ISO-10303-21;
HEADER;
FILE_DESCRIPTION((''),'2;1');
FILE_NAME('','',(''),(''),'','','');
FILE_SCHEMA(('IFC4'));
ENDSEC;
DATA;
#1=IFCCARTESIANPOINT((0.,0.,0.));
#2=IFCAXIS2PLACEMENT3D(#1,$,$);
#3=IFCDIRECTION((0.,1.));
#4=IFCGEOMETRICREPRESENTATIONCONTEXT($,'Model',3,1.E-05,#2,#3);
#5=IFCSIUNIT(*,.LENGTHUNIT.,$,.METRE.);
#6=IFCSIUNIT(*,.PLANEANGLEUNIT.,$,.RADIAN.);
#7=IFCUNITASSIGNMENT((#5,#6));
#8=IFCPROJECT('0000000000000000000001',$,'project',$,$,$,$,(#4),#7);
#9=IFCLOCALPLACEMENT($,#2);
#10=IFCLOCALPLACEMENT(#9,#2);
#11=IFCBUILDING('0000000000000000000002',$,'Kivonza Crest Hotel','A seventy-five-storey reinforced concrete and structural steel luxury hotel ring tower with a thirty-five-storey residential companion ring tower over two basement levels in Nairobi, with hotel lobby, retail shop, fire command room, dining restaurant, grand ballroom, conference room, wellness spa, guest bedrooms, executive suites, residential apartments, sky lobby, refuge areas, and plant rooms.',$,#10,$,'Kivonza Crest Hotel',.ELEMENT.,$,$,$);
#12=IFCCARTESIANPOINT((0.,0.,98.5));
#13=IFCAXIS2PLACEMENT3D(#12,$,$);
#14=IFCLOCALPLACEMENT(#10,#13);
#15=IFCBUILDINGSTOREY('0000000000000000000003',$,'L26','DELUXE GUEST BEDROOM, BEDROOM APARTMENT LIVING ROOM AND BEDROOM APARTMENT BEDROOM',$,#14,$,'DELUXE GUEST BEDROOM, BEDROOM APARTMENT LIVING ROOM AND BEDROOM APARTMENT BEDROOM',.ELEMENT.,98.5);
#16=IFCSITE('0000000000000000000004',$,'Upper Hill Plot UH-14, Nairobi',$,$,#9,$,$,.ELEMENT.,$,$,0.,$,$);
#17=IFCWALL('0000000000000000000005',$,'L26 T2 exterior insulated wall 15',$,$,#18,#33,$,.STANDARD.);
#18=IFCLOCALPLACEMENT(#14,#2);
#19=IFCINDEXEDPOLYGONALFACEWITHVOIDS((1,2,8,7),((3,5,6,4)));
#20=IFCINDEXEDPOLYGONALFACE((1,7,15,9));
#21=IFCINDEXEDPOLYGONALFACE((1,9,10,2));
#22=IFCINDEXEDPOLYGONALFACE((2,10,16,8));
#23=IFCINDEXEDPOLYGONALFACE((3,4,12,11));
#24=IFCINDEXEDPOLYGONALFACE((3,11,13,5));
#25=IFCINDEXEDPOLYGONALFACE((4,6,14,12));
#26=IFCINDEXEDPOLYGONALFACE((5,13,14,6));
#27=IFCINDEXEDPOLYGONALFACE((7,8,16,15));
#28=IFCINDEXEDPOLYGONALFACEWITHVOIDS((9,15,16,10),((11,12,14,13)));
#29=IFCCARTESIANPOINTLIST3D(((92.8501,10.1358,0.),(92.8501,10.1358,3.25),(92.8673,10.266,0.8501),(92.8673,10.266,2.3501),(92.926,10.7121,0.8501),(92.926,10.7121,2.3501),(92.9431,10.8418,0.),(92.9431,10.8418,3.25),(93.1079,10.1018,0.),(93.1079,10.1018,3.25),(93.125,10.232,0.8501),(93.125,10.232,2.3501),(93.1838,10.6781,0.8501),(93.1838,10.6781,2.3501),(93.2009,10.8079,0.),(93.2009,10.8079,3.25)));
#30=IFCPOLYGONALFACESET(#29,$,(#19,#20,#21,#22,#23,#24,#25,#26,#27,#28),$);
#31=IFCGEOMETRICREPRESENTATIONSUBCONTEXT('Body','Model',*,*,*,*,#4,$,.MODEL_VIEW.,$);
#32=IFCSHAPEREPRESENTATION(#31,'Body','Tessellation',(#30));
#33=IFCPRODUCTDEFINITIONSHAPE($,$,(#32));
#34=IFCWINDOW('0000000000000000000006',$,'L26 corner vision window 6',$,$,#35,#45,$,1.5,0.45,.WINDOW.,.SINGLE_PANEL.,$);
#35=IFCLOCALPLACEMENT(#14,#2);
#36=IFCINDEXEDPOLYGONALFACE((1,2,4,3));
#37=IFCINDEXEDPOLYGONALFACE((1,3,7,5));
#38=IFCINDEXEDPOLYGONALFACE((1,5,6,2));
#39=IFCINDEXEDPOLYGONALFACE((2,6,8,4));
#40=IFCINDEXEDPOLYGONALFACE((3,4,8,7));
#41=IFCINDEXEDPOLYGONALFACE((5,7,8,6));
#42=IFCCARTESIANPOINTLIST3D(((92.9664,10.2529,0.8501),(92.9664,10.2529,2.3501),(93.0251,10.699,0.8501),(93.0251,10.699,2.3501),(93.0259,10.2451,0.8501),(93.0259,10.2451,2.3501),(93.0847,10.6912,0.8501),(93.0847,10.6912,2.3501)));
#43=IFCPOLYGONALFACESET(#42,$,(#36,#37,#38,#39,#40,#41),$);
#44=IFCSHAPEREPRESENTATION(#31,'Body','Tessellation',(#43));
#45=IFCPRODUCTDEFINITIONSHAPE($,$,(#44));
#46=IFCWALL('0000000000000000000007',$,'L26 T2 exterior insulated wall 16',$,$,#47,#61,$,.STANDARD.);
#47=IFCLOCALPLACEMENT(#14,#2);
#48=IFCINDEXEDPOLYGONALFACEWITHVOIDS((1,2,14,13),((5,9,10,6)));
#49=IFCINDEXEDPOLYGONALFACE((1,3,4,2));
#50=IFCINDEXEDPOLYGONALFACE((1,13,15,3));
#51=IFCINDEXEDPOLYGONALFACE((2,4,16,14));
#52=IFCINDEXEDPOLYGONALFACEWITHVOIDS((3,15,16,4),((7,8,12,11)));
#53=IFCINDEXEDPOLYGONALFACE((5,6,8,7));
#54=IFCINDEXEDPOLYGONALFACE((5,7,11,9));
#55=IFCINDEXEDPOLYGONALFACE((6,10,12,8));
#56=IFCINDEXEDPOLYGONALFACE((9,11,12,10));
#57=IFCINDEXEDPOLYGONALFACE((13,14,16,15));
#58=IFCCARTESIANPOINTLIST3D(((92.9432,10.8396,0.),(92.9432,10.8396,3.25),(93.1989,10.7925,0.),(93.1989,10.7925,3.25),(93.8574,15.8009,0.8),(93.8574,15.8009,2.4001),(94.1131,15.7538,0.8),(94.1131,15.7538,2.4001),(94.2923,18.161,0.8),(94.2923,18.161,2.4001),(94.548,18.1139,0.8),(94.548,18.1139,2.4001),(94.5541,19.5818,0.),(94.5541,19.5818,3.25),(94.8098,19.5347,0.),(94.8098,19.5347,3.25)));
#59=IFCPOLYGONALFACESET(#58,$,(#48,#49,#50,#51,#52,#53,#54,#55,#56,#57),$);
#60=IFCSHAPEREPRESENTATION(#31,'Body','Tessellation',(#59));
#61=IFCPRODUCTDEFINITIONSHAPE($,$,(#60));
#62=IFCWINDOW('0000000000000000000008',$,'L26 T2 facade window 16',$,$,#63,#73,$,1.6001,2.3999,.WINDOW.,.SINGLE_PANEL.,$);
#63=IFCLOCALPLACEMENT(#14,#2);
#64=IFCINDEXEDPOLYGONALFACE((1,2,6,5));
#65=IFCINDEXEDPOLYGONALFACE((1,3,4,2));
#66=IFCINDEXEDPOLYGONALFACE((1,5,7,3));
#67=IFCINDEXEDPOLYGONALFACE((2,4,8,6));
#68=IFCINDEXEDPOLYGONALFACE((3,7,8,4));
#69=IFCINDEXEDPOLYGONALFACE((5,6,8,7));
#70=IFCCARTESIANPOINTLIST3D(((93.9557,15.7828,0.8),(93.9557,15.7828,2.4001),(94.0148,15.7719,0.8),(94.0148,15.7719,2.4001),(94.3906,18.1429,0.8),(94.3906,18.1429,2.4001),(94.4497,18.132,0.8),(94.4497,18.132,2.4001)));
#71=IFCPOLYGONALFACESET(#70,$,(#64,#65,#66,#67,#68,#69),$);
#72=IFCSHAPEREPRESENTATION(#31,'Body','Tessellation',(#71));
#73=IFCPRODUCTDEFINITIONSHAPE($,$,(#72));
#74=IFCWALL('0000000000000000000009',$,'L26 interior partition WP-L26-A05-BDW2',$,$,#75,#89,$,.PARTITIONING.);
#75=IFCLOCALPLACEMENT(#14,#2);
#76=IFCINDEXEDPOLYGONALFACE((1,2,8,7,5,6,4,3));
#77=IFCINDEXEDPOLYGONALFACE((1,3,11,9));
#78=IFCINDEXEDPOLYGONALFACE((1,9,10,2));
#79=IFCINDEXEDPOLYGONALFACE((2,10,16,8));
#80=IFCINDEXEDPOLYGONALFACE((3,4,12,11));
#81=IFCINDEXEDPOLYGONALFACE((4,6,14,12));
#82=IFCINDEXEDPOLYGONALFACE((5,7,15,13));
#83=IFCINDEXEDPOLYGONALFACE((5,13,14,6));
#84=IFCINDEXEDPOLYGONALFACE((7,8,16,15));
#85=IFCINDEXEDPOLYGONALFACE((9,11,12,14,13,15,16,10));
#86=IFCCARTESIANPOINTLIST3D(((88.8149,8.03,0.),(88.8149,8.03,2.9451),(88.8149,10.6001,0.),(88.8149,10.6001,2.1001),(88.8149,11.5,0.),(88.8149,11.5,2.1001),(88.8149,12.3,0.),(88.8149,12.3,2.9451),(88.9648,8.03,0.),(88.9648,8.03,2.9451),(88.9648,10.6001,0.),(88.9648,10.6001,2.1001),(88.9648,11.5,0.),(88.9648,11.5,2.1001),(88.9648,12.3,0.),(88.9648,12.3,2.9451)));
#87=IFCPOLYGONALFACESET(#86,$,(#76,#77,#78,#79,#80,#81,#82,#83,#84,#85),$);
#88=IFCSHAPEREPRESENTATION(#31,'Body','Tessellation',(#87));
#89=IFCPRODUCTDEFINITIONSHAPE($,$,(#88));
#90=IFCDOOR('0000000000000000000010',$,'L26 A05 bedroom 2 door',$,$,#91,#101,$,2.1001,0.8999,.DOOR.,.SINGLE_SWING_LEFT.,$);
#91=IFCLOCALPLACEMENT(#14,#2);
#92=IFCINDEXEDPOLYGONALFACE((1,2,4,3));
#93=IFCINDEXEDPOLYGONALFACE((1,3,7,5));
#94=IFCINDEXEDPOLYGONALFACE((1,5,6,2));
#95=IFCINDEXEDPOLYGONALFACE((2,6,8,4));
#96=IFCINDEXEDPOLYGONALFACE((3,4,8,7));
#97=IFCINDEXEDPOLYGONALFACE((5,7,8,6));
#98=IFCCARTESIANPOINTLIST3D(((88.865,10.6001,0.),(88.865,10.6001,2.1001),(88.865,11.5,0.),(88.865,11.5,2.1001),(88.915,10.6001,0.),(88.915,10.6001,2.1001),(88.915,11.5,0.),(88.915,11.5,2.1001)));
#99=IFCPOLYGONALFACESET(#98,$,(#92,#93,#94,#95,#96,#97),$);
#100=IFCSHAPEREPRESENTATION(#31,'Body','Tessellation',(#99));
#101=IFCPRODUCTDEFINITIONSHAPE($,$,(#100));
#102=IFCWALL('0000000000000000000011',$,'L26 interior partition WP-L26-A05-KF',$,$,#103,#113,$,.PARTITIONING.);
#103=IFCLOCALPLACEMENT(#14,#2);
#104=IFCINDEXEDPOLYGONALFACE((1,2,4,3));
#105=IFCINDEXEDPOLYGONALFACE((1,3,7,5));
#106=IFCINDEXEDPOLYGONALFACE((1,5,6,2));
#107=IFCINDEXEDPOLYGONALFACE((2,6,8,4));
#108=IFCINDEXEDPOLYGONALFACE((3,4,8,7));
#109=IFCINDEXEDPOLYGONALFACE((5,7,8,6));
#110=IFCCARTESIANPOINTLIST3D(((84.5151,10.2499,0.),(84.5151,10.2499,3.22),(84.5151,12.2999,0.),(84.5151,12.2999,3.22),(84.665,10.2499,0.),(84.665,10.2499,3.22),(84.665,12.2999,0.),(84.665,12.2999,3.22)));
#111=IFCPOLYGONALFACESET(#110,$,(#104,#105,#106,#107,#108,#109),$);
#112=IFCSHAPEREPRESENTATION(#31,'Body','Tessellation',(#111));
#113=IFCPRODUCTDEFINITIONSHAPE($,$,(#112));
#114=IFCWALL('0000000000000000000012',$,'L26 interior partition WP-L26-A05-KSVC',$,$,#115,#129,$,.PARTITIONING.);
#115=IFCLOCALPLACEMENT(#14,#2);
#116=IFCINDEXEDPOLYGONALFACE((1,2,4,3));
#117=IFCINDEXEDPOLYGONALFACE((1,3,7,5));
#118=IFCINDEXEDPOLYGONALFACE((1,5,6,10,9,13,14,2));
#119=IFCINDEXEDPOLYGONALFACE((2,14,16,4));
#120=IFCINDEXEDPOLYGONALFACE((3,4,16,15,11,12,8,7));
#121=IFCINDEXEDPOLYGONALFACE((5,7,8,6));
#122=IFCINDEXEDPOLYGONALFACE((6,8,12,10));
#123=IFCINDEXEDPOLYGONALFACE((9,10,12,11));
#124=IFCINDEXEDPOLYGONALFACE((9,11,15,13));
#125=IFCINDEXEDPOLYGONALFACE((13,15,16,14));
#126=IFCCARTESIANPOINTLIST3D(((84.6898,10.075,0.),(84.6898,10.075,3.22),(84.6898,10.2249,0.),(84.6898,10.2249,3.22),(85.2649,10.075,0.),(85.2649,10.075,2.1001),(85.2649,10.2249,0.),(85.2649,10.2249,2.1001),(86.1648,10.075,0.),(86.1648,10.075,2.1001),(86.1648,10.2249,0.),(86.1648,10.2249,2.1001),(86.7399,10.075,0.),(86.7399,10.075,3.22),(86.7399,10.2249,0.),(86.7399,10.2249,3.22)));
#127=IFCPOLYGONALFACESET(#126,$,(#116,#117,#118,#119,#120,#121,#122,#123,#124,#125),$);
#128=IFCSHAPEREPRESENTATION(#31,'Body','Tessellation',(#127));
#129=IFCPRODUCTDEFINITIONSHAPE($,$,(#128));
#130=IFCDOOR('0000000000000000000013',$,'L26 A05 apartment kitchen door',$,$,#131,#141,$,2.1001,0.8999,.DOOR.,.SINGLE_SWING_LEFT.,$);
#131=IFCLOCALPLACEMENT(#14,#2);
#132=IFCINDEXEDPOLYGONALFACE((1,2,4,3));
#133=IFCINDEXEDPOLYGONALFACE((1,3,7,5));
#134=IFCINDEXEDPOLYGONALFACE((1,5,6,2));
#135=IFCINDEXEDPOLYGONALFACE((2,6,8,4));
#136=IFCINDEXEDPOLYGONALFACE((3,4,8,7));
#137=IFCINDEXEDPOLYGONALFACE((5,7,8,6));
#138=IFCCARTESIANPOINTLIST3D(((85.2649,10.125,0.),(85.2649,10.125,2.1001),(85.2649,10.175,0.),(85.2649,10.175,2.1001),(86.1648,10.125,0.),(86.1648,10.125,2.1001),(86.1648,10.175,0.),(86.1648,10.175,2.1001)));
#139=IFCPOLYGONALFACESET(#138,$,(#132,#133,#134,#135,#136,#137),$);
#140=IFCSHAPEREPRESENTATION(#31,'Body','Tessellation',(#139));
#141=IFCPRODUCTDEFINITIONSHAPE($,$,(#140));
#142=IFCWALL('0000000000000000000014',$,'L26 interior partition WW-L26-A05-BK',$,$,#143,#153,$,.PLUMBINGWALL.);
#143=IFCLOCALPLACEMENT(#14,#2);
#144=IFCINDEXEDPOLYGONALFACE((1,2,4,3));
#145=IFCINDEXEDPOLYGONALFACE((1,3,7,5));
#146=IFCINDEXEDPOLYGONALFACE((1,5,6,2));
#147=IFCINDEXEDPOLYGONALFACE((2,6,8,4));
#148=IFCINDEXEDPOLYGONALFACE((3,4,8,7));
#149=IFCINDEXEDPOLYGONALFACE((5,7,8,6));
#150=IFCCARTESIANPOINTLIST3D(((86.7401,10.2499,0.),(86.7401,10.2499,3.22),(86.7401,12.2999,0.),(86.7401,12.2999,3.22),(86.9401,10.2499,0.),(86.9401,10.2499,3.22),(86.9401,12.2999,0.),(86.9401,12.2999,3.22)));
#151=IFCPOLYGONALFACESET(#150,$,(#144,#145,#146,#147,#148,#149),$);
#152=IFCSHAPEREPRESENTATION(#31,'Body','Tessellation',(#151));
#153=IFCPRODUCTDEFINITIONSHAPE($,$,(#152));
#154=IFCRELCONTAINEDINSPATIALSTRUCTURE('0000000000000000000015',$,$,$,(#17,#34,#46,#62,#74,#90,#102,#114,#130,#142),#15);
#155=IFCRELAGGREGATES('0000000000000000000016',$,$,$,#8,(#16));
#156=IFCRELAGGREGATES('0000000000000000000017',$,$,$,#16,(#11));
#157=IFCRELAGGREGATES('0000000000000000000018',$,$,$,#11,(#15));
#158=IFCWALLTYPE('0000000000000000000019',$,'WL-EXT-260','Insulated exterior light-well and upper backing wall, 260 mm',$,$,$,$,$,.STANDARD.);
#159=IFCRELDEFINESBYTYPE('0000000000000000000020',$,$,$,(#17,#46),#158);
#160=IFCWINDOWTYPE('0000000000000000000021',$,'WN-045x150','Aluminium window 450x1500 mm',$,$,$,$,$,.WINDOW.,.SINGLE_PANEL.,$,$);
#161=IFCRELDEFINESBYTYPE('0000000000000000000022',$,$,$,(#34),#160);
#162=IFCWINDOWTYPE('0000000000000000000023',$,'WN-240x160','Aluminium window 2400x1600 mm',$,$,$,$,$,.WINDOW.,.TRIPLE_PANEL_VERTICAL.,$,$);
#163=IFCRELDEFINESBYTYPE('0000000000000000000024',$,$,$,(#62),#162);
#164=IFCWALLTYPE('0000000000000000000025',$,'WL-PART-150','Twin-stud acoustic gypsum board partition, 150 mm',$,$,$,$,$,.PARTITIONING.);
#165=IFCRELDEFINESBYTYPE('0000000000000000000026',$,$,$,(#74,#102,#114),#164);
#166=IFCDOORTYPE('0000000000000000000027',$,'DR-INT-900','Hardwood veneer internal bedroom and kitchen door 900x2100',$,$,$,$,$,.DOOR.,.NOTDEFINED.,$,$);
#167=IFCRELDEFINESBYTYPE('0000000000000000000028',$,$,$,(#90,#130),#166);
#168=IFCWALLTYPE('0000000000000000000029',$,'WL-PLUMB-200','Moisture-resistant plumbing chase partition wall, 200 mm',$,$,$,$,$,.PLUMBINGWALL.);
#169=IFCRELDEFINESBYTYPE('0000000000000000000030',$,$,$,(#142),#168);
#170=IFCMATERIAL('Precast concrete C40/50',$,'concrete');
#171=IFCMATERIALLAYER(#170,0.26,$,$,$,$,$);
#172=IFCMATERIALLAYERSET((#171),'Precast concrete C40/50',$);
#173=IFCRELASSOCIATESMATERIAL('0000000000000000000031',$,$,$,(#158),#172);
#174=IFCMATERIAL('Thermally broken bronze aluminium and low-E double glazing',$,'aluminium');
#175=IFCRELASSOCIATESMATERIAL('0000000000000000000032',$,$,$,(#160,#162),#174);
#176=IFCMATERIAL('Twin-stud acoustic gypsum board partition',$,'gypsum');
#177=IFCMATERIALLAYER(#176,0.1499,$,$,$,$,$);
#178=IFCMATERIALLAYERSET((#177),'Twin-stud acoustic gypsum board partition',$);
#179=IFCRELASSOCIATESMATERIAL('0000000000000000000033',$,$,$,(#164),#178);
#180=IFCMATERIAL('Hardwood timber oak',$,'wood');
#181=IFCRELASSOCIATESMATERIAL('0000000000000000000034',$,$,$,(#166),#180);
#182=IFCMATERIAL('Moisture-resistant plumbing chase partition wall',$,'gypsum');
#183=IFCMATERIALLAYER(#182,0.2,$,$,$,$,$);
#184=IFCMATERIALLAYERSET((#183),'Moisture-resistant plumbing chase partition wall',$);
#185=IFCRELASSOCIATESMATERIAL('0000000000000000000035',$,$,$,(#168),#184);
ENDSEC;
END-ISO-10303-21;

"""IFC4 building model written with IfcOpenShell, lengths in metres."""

from ifc_helpers import new_model, si_unit, direction, frame, frame_2d, origin, place, context, subcontext, project, spatial, rectangle, extrude, material, layer, layer_set, type_object, element, fill, save


model = new_model("IFC4")

# Units and contexts
model_context = context("Model", 3, precision=1e-05, world=origin(), true_north=direction((0.0, 1.0)))
body_context = subcontext(model_context, "Body", "Model", "MODEL_VIEW")
ifc_project = project(units=[si_unit("LENGTHUNIT", "METRE"), si_unit("PLANEANGLEUNIT", "RADIAN")], contexts=[model_context])

# Site, building, storey
site_placement = place(None, origin())
site = spatial("IfcSite", under=ifc_project, at=site_placement, Name="Upper Hill Plot UH-14, Nairobi", CompositionType="ELEMENT", RefElevation=0.0)
building_placement = place(site_placement, origin())
building = spatial("IfcBuilding", under=site, at=building_placement, Name="Kivonza Crest Hotel", Description="A seventy-five-storey reinforced concrete and structural steel luxury hotel ring tower with a thirty-five-storey residential companion ring tower over two basement levels in Nairobi, with hotel lobby, retail shop, fire command room, dining restaurant, grand ballroom, conference room, wellness spa, guest bedrooms, executive suites, residential apartments, sky lobby, refuge areas, and plant rooms.", LongName="Kivonza Crest Hotel", CompositionType="ELEMENT")
storey_placement = place(building_placement, frame((0.0, 0.0, 98.5)))
storey = spatial("IfcBuildingStorey", under=building, at=storey_placement, Name="L26", Description="DELUXE GUEST BEDROOM, BEDROOM APARTMENT LIVING ROOM AND BEDROOM APARTMENT BEDROOM", LongName="DELUXE GUEST BEDROOM, BEDROOM APARTMENT LIVING ROOM AND BEDROOM APARTMENT BEDROOM", CompositionType="ELEMENT", Elevation=98.5)

# Shared definitions
ifc_material_1 = material(Name="Precast concrete C40/50", Category="concrete")
ifc_layer_1 = layer(ifc_material_1, 0.26)
ifc_layer_set_1 = layer_set([ifc_layer_1], Name="Precast concrete C40/50")
wall_type_1 = type_object("IfcWallType", Name="WL-EXT-260", Description="Insulated exterior light-well and upper backing wall, 260 mm", PredefinedType="STANDARD", material=ifc_layer_set_1)

# Walls, openings, windows
wall_1_placement = place(storey_placement, frame((92.979, 10.1189, 0.0), z_axis=(0.0, 0.0, 1.0), x_axis=(0.130614, 0.991433, 0.0)))
wall_1 = element("IfcWall", 1, at=wall_1_placement, inside=storey, type_object=wall_type_1, Name="L26 T2 exterior insulated wall 15", PredefinedType="STANDARD", context=body_context, shape_type="SweptSolid", body=[
    extrude(rectangle(XDim=0.7122, YDim=0.26, at=frame_2d((0.356, 0.0))), origin(), (0.0, 0.0, 1.0), 3.25),
])
opening_1_placement = place(wall_1_placement, frame((0.1311, 0.0, 0.8501)))
opening_1 = element("IfcOpeningElement", 2, at=opening_1_placement, cuts=wall_1, PredefinedType="OPENING", context=body_context, shape_type="SweptSolid", body=[
    extrude(rectangle(XDim=0.45, YDim=1.5, at=frame_2d((0.2251, 0.75))), frame((0.0, 0.1401, 0.0), z_axis=(0.0, -1.0, 0.0), x_axis=(1.0, 0.0, 0.0)), (0.0, 0.0, 1.0), 0.28),
])
ifc_material_2 = material(Name="Thermally broken bronze aluminium and low-E double glazing", Category="aluminium")
window_type_1 = type_object("IfcWindowType", Name="WN-045x150", Description="Aluminium window 450x1500 mm", PartitioningType="SINGLE_PANEL", PredefinedType="WINDOW", material=ifc_material_2)
window_1_placement = place(opening_1_placement, origin())
window_1 = element("IfcWindow", 3, at=window_1_placement, inside=storey, type_object=window_type_1, Name="L26 corner vision window 6", OverallHeight=1.5, OverallWidth=0.45, PartitioningType="SINGLE_PANEL", PredefinedType="WINDOW", context=body_context, shape_type="SweptSolid", body=[
    extrude(rectangle(XDim=0.45, YDim=1.5, at=frame_2d((0.2251, 0.75))), frame((0.0, 0.03, 0.0), z_axis=(0.0, -1.0, 0.0), x_axis=(1.0, 0.0, 0.0)), (0.0, 0.0, 1.0), 0.0601),
])
fill(opening_1, window_1)
wall_2_placement = place(storey_placement, frame((93.071, 10.8159, 0.0), z_axis=(0.0, 0.0, 1.0), x_axis=(0.18121, 0.983444, 0.0)))
wall_2 = element("IfcWall", 4, at=wall_2_placement, inside=storey, type_object=wall_type_1, Name="L26 T2 exterior insulated wall 16", PredefinedType="STANDARD", context=body_context, shape_type="SweptSolid", body=[
    extrude(rectangle(XDim=8.8894, YDim=0.26, at=frame_2d((4.4448, 0.0))), origin(), (0.0, 0.0, 1.0), 3.25),
])
opening_2_placement = place(wall_2_placement, frame((5.0449, 0.0, 0.8)))
opening_2 = element("IfcOpeningElement", 5, at=opening_2_placement, cuts=wall_2, PredefinedType="OPENING", context=body_context, shape_type="SweptSolid", body=[
    extrude(rectangle(XDim=2.3999, YDim=1.6001, at=frame_2d((1.2, 0.8))), frame((0.0, 0.1401, 0.0), z_axis=(0.0, -1.0, 0.0), x_axis=(1.0, 0.0, 0.0)), (0.0, 0.0, 1.0), 0.28),
])
window_type_2 = type_object("IfcWindowType", Name="WN-240x160", Description="Aluminium window 2400x1600 mm", PartitioningType="TRIPLE_PANEL_VERTICAL", PredefinedType="WINDOW", material=ifc_material_2)
window_2_placement = place(opening_2_placement, origin())
window_2 = element("IfcWindow", 6, at=window_2_placement, inside=storey, type_object=window_type_2, Name="L26 T2 facade window 16", OverallHeight=1.6001, OverallWidth=2.3999, PartitioningType="SINGLE_PANEL", PredefinedType="WINDOW", context=body_context, shape_type="SweptSolid", body=[
    extrude(rectangle(XDim=2.3999, YDim=1.6001, at=frame_2d((1.2, 0.8))), frame((0.0, 0.03, 0.0), z_axis=(0.0, -1.0, 0.0), x_axis=(1.0, 0.0, 0.0)), (0.0, 0.0, 1.0), 0.0601),
])
fill(opening_2, window_2)

# Wall, opening, door
ifc_material_3 = material(Name="Twin-stud acoustic gypsum board partition", Category="gypsum")
ifc_layer_2 = layer(ifc_material_3, 0.1499)
ifc_layer_set_2 = layer_set([ifc_layer_2], Name="Twin-stud acoustic gypsum board partition")
wall_type_2 = type_object("IfcWallType", Name="WL-PART-150", Description="Twin-stud acoustic gypsum board partition, 150 mm", PredefinedType="PARTITIONING", material=ifc_layer_set_2)
wall_3_placement = place(storey_placement, frame((88.8899, 8.03, 0.0), z_axis=(0.0, 0.0, 1.0), x_axis=(0.0, 1.0, 0.0)))
wall_3 = element("IfcWall", 7, at=wall_3_placement, inside=storey, type_object=wall_type_2, Name="L26 interior partition WP-L26-A05-BDW2", PredefinedType="PARTITIONING", context=body_context, shape_type="SweptSolid", body=[
    extrude(rectangle(XDim=4.27, YDim=0.1499, at=frame_2d((2.135, 0.0))), origin(), (0.0, 0.0, 1.0), 2.9451),
])
opening_3_placement = place(wall_3_placement, frame((2.5701, 0.0, 0.0)))
opening_3 = element("IfcOpeningElement", 8, at=opening_3_placement, cuts=wall_3, PredefinedType="OPENING", context=body_context, shape_type="SweptSolid", body=[
    extrude(rectangle(XDim=0.8999, YDim=2.1001, at=frame_2d((0.45, 1.05))), frame((0.0, 0.085, 0.0), z_axis=(0.0, -1.0, 0.0), x_axis=(1.0, 0.0, 0.0)), (0.0, 0.0, 1.0), 0.1699),
])
ifc_material_4 = material(Name="Hardwood timber oak", Category="wood")
door_type_1 = type_object("IfcDoorType", Name="DR-INT-900", Description="Hardwood veneer internal bedroom and kitchen door 900x2100", OperationType="NOTDEFINED", PredefinedType="DOOR", material=ifc_material_4)
door_1_placement = place(opening_3_placement, origin())
door_1 = element("IfcDoor", 9, at=door_1_placement, inside=storey, type_object=door_type_1, Name="L26 A05 bedroom 2 door", OperationType="SINGLE_SWING_LEFT", OverallHeight=2.1001, OverallWidth=0.8999, PredefinedType="DOOR", context=body_context, shape_type="SweptSolid", body=[
    extrude(rectangle(XDim=0.8999, YDim=2.1001, at=frame_2d((0.45, 1.05))), frame((0.0, 0.0249, 0.0), z_axis=(0.0, -1.0, 0.0), x_axis=(1.0, 0.0, 0.0)), (0.0, 0.0, 1.0), 0.05),
])
fill(opening_3, door_1)

# Wall
wall_4_placement = place(storey_placement, frame((84.5901, 10.25, 0.0), z_axis=(0.0, 0.0, 1.0), x_axis=(0.0, 1.0, 0.0)))
element("IfcWall", 10, at=wall_4_placement, inside=storey, type_object=wall_type_2, Name="L26 interior partition WP-L26-A05-KF", PredefinedType="PARTITIONING", context=body_context, shape_type="SweptSolid", body=[
    extrude(rectangle(XDim=2.05, YDim=0.1499, at=frame_2d((1.0249, 0.0))), origin(), (0.0, 0.0, 1.0), 3.22),
])

# Wall, opening, door
wall_5_placement = place(storey_placement, frame((84.6899, 10.1499, 0.0), z_axis=(0.0, 0.0, 1.0), x_axis=(1.0, 0.0, 0.0)))
wall_5 = element("IfcWall", 11, at=wall_5_placement, inside=storey, type_object=wall_type_2, Name="L26 interior partition WP-L26-A05-KSVC", PredefinedType="PARTITIONING", context=body_context, shape_type="SweptSolid", body=[
    extrude(rectangle(XDim=2.05, YDim=0.1499, at=frame_2d((1.0249, 0.0))), origin(), (0.0, 0.0, 1.0), 3.22),
])
opening_4_placement = place(wall_5_placement, frame((0.575, 0.0, 0.0)))
opening_4 = element("IfcOpeningElement", 12, at=opening_4_placement, cuts=wall_5, PredefinedType="OPENING", context=body_context, shape_type="SweptSolid", body=[
    extrude(rectangle(XDim=0.8999, YDim=2.1001, at=frame_2d((0.45, 1.05))), frame((0.0, 0.085, 0.0), z_axis=(0.0, -1.0, 0.0), x_axis=(1.0, 0.0, 0.0)), (0.0, 0.0, 1.0), 0.1699),
])
door_2_placement = place(opening_4_placement, frame((0.8999, 0.0, 0.0), z_axis=(0.0, 0.0, 1.0), x_axis=(-1.0, 0.0, 0.0)))
door_2 = element("IfcDoor", 13, at=door_2_placement, inside=storey, type_object=door_type_1, Name="L26 A05 apartment kitchen door", OperationType="SINGLE_SWING_LEFT", OverallHeight=2.1001, OverallWidth=0.8999, PredefinedType="DOOR", context=body_context, shape_type="SweptSolid", body=[
    extrude(rectangle(XDim=0.8999, YDim=2.1001, at=frame_2d((0.45, 1.05))), frame((0.0, 0.0249, 0.0), z_axis=(0.0, -1.0, 0.0), x_axis=(1.0, 0.0, 0.0)), (0.0, 0.0, 1.0), 0.05),
])
fill(opening_4, door_2)

# Wall
ifc_material_5 = material(Name="Moisture-resistant plumbing chase partition wall", Category="gypsum")
ifc_layer_3 = layer(ifc_material_5, 0.2)
ifc_layer_set_3 = layer_set([ifc_layer_3], Name="Moisture-resistant plumbing chase partition wall")
wall_type_3 = type_object("IfcWallType", Name="WL-PLUMB-200", Description="Moisture-resistant plumbing chase partition wall, 200 mm", PredefinedType="PLUMBINGWALL", material=ifc_layer_set_3)
wall_6_placement = place(storey_placement, frame((86.8401, 10.25, 0.0), z_axis=(0.0, 0.0, 1.0), x_axis=(0.0, 1.0, 0.0)))
element("IfcWall", 14, at=wall_6_placement, inside=storey, type_object=wall_type_3, Name="L26 interior partition WW-L26-A05-BK", PredefinedType="PLUMBINGWALL", context=body_context, shape_type="SweptSolid", body=[
    extrude(rectangle(XDim=2.05, YDim=0.2, at=frame_2d((1.0249, 0.0))), origin(), (0.0, 0.0, 1.0), 3.22),
])

save(model, "model.ifc")
